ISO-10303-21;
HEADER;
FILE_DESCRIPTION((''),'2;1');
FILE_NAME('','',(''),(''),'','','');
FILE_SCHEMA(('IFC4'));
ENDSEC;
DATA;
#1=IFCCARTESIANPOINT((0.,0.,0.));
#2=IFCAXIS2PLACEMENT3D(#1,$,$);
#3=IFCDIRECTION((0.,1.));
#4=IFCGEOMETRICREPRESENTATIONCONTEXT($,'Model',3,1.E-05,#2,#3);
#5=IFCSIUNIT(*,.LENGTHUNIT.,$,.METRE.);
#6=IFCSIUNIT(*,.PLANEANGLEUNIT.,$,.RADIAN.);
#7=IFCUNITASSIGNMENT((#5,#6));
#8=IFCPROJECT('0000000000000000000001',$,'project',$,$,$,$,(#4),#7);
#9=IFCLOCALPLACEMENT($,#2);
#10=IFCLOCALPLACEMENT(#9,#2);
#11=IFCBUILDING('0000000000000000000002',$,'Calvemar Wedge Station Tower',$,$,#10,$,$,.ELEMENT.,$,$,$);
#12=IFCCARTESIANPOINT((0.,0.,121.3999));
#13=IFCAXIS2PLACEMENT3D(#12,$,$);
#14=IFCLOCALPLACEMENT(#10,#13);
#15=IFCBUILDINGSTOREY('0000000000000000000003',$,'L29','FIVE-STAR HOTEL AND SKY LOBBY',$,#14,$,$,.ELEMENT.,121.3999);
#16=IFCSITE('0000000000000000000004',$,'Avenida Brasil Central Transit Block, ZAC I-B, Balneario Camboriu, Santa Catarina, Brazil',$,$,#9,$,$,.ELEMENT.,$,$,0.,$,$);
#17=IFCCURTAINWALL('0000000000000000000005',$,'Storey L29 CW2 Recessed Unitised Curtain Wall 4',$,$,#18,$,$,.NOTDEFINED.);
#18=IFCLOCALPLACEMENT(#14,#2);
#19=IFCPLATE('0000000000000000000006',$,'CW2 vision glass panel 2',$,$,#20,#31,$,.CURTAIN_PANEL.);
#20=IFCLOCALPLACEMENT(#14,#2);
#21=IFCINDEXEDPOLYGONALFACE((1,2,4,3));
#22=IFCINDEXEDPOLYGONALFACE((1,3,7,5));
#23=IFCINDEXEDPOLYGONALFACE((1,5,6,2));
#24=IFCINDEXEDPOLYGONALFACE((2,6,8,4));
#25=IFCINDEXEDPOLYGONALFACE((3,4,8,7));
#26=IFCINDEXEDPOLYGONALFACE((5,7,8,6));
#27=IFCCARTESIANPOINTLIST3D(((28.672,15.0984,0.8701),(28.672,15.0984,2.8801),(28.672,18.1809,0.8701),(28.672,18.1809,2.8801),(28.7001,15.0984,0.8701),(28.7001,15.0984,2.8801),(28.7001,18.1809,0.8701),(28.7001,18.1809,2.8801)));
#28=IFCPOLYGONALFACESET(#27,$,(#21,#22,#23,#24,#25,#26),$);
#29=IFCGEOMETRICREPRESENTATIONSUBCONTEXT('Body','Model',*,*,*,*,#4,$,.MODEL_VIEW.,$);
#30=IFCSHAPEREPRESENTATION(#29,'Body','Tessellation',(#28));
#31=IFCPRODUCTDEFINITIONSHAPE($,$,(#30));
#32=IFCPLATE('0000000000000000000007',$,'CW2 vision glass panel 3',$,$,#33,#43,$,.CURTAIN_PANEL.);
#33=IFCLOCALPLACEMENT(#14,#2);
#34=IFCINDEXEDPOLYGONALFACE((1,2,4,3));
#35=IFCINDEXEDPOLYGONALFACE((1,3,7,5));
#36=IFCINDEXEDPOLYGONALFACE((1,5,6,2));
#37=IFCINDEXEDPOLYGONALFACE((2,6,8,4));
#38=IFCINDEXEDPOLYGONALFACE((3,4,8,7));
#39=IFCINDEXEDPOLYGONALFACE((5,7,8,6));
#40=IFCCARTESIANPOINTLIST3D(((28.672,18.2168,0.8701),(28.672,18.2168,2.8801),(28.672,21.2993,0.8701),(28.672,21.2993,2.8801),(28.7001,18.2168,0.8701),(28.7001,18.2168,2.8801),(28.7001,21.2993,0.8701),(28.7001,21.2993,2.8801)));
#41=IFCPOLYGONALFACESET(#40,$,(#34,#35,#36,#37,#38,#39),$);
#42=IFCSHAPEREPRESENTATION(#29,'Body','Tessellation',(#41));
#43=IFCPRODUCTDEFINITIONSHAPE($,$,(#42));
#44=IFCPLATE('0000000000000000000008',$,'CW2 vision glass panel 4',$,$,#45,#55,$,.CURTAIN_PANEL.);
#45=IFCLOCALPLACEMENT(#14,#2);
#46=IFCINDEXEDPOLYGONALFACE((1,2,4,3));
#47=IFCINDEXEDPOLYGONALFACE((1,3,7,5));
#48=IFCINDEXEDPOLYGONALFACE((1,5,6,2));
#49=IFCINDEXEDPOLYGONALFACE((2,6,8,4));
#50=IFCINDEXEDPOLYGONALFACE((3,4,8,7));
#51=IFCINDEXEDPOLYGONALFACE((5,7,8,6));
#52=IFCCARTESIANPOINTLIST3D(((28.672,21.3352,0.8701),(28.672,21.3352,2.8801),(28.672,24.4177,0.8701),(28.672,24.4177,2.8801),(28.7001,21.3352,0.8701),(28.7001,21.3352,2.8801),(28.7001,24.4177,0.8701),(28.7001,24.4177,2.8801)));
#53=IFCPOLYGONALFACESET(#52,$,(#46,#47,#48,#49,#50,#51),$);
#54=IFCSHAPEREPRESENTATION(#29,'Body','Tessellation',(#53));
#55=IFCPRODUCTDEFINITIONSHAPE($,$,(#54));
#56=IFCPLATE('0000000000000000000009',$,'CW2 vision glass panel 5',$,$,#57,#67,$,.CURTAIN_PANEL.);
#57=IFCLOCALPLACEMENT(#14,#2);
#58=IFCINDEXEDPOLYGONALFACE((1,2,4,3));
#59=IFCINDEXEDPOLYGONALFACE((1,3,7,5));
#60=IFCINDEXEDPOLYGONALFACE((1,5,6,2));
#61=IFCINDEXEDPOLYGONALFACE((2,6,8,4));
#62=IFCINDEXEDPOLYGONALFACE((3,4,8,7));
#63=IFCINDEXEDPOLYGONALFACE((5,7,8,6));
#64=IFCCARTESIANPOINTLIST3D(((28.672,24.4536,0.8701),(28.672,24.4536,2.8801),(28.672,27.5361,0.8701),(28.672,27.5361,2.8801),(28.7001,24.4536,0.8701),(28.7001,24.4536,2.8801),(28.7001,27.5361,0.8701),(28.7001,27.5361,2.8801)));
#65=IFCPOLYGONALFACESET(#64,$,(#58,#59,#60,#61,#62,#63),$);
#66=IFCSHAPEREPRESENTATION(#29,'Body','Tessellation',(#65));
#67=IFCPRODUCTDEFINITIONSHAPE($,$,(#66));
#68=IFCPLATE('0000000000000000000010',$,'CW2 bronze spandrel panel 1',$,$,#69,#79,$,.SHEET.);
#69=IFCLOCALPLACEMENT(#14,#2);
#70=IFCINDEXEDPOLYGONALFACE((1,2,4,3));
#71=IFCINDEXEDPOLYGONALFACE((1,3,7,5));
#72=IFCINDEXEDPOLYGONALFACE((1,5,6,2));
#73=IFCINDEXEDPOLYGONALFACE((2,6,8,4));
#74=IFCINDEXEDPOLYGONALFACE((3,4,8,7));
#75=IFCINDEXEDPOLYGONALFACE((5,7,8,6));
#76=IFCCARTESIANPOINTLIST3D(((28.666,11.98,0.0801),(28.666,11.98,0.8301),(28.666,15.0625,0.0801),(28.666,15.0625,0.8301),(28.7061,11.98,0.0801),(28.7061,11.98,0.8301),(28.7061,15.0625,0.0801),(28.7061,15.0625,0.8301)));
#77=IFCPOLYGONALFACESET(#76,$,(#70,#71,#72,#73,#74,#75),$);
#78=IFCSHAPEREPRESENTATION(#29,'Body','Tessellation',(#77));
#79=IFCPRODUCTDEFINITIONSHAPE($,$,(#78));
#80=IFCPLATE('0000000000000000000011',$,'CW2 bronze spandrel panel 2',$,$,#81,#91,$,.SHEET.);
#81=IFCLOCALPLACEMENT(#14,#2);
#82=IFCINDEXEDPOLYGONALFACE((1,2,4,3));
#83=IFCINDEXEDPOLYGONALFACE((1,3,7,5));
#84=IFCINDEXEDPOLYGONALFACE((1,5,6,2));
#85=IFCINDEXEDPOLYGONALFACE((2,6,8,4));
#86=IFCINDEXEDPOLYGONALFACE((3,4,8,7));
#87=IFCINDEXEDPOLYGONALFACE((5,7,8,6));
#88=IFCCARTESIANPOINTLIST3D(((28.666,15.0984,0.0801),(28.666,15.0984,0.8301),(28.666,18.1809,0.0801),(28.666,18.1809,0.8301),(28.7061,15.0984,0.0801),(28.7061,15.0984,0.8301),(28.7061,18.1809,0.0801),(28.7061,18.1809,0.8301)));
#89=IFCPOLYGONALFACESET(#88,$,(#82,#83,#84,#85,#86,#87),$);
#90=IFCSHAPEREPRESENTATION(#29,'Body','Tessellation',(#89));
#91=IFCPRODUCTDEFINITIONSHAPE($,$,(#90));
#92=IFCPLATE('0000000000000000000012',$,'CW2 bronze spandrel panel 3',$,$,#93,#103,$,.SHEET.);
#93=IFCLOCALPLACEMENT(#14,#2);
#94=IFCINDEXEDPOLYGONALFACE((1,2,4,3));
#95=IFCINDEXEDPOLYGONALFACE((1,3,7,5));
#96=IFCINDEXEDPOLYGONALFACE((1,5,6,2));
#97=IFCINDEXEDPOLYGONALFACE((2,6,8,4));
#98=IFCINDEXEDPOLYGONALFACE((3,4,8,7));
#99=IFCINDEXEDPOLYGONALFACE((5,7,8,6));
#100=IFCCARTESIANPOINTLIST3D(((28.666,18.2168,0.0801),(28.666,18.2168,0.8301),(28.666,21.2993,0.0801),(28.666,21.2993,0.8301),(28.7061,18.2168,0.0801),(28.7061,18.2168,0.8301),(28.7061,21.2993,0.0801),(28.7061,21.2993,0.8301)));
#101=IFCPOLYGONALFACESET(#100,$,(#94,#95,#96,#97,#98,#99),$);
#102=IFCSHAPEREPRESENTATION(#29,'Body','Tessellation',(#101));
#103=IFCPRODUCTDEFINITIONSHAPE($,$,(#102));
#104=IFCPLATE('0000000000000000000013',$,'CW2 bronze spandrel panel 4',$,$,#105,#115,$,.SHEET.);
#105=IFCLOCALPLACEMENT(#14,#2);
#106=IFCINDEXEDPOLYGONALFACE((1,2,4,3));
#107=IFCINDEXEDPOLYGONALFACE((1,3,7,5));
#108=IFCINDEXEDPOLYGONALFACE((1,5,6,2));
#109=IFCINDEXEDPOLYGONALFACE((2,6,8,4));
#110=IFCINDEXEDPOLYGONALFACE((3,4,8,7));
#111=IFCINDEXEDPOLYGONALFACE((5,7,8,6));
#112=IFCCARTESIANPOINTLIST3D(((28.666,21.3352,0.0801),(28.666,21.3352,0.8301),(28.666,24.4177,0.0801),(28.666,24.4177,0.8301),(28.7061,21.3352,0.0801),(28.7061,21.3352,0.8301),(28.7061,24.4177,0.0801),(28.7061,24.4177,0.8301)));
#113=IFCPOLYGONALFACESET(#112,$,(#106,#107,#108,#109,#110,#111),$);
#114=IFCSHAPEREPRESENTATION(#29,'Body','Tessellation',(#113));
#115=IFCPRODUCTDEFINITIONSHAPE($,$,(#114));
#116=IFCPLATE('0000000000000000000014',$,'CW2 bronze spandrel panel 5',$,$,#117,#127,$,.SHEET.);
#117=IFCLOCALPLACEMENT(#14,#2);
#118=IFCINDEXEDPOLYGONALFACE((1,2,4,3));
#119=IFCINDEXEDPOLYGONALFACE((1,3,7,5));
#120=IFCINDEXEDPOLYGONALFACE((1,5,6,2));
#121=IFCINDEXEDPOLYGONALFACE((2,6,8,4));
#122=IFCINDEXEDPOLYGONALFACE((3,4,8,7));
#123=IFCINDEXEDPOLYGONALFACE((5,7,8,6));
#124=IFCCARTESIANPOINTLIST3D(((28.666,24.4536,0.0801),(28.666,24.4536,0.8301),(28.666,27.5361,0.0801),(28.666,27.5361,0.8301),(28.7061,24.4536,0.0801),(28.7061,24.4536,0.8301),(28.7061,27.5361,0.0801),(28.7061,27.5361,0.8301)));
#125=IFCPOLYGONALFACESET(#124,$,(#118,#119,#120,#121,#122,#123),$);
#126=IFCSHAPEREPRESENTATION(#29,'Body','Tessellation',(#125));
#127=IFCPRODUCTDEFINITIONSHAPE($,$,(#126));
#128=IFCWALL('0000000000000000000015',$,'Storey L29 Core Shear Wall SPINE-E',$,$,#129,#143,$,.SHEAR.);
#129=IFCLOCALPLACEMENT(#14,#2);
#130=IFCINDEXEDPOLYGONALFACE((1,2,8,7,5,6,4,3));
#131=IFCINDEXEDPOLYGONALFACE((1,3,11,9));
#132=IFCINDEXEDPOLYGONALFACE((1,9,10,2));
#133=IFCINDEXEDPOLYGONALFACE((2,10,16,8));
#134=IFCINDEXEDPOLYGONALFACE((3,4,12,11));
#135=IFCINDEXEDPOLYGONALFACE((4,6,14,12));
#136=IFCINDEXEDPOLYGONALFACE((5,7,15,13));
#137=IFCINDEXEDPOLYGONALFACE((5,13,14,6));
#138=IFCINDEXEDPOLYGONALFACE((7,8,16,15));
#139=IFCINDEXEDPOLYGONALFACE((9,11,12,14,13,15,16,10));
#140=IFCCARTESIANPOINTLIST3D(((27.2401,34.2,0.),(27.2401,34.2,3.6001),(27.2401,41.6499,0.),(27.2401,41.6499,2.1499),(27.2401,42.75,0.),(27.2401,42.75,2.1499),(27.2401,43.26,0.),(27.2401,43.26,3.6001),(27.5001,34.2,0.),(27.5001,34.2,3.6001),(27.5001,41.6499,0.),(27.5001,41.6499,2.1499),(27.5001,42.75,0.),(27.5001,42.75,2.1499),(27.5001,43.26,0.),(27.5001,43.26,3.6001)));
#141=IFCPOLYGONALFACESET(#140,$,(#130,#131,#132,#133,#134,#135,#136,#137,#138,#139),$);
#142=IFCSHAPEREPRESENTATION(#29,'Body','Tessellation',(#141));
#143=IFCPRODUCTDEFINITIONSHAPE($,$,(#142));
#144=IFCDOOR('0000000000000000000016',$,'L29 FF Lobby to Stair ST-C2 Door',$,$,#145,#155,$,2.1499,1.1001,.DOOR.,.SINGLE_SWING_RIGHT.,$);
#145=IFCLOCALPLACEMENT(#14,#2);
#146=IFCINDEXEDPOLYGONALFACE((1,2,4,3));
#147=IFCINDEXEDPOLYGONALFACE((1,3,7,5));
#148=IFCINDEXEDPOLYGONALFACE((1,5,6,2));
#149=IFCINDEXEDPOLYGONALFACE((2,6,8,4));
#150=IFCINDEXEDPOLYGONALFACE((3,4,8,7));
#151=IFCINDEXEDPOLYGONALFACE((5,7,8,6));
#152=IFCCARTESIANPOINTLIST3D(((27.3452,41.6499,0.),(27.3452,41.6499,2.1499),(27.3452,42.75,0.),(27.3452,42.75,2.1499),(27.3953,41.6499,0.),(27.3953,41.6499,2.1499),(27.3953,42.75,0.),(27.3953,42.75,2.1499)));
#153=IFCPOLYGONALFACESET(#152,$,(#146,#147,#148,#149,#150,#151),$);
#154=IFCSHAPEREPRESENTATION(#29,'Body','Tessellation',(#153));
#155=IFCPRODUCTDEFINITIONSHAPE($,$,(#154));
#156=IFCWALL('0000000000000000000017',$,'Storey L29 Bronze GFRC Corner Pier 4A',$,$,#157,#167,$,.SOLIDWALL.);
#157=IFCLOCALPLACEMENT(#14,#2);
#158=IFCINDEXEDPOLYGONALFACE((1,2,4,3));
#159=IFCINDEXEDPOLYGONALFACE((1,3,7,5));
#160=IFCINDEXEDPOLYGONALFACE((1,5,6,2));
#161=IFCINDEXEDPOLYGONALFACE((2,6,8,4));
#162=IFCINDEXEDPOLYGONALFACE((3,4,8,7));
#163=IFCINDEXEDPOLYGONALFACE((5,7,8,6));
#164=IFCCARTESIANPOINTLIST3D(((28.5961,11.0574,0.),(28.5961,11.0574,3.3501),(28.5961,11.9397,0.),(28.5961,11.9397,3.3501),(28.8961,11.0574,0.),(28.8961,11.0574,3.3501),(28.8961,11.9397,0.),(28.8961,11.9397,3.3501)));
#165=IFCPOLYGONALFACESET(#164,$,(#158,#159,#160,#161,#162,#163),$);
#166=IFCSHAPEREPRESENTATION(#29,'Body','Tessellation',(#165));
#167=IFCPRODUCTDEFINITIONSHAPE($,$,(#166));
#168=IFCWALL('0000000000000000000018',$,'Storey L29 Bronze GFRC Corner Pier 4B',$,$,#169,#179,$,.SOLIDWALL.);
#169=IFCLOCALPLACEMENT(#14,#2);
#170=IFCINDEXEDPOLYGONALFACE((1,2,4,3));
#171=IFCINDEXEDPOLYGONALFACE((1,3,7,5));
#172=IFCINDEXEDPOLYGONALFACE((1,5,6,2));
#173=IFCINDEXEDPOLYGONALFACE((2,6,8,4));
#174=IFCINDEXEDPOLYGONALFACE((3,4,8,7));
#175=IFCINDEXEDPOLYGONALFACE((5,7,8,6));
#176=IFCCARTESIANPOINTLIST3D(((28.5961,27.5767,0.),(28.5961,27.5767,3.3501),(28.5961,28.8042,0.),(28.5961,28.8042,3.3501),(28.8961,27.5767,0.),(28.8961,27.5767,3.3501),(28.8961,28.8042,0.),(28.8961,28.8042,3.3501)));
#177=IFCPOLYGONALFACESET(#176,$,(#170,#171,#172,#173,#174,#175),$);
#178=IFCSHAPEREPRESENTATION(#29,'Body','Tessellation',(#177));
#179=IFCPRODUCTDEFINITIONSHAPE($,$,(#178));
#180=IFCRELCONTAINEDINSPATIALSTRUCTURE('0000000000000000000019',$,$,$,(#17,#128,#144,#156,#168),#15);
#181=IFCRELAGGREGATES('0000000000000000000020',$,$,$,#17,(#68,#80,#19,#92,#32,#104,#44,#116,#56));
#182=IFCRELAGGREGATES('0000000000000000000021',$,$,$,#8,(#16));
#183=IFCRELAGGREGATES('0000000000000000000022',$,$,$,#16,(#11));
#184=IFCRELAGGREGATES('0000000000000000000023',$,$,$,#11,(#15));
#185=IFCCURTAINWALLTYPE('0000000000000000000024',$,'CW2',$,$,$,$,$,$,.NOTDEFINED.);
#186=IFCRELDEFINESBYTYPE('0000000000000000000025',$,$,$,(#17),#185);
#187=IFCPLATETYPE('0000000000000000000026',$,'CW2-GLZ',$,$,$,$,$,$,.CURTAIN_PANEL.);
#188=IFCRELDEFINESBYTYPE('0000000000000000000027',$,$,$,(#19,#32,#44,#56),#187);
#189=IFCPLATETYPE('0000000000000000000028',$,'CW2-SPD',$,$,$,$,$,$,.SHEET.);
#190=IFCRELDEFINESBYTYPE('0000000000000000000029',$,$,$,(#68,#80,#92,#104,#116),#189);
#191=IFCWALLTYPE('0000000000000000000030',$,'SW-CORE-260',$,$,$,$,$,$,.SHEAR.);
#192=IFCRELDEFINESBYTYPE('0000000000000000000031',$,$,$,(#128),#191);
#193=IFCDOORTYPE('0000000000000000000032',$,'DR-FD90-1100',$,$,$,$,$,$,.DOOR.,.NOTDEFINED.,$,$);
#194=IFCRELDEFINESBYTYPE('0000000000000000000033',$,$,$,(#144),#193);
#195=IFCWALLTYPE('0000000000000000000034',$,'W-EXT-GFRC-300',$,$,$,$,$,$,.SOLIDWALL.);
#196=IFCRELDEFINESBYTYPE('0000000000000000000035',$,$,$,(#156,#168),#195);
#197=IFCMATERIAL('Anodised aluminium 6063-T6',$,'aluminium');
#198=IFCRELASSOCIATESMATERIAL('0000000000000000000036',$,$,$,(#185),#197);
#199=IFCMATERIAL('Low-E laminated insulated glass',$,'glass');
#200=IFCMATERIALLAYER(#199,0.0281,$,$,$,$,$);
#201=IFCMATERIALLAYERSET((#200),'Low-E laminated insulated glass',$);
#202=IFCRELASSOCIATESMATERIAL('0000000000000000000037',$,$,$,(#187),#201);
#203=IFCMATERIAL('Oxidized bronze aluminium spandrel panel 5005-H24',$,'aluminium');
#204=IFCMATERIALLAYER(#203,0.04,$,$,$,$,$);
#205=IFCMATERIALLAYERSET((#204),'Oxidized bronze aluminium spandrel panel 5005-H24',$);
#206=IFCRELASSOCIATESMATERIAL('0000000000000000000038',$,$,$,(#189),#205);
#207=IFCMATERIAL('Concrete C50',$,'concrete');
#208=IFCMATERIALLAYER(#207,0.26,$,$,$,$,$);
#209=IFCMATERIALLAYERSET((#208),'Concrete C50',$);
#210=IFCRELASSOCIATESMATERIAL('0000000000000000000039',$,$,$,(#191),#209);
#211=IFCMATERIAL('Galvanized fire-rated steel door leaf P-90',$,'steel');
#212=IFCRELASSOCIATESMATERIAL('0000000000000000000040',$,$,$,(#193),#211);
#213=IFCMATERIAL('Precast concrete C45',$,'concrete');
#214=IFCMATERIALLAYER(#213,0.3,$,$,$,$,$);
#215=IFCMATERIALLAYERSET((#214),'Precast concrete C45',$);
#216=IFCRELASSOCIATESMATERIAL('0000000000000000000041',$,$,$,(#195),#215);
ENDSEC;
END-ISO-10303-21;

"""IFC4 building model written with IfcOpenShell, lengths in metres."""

from ifc_helpers import new_model, si_unit, direction, frame, frame_2d, origin, place, context, subcontext, project, spatial, rectangle, extrude, source, transform, mapped, material, layer, layer_set, type_object, element, fill, aggregate, save


model = new_model("IFC4")

# Units and contexts
model_context = context("Model", 3, precision=1e-05, world=origin(), true_north=direction((0.0, 1.0)))
body_context = subcontext(model_context, "Body", "Model", "MODEL_VIEW")
ifc_project = project(units=[si_unit("LENGTHUNIT", "METRE"), si_unit("PLANEANGLEUNIT", "RADIAN")], contexts=[model_context])

# Site, building, storey
site_placement = place(None, origin())
site = spatial("IfcSite", under=ifc_project, at=site_placement, Name="Avenida Brasil Central Transit Block, ZAC I-B, Balneario Camboriu, Santa Catarina, Brazil", CompositionType="ELEMENT", RefElevation=0.0)
building_placement = place(site_placement, origin())
building = spatial("IfcBuilding", under=site, at=building_placement, Name="Calvemar Wedge Station Tower", CompositionType="ELEMENT")
storey_placement = place(building_placement, frame((0.0, 0.0, 121.3999)))
storey = spatial("IfcBuildingStorey", under=building, at=storey_placement, Name="L29", Description="FIVE-STAR HOTEL AND SKY LOBBY", CompositionType="ELEMENT", Elevation=121.3999)

# Curtain wall
ifc_material_1 = material(Name="Anodised aluminium 6063-T6", Category="aluminium")
curtain_wall_type = type_object("IfcCurtainWallType", Name="CW2", PredefinedType="NOTDEFINED", material=ifc_material_1)
curtain_wall_1_placement = place(storey_placement, origin())
curtain_wall_1 = element("IfcCurtainWall", 1, at=curtain_wall_1_placement, inside=storey, type_object=curtain_wall_type, Name="Storey L29 CW2 Recessed Unitised Curtain Wall 4", PredefinedType="NOTDEFINED")

# Plates
ifc_material_2 = material(Name="Low-E laminated insulated glass", Category="glass")
ifc_layer_1 = layer(ifc_material_2, 0.0281)
ifc_layer_set_1 = layer_set([ifc_layer_1], Name="Low-E laminated insulated glass")
plate_type_1 = type_object("IfcPlateType", Name="CW2-GLZ", PredefinedType="CURTAIN_PANEL", material=ifc_layer_set_1)
plate_1_placement = place(storey_placement, frame((28.686, 15.0984, 0.8701), z_axis=(0.0, 0.0, 1.0), x_axis=(0.0, 1.0, 0.0)))
plate_1 = element("IfcPlate", 2, at=plate_1_placement, type_object=plate_type_1, Name="CW2 vision glass panel 2", PredefinedType="CURTAIN_PANEL", context=body_context, shape_type="SweptSolid", body=[
    extrude(rectangle(XDim=3.0825, YDim=0.0281, at=frame_2d((1.5413, 0.0))), origin(), (0.0, 0.0, 1.0), 2.01),
])
plate_2_placement = place(storey_placement, frame((28.686, 18.2168, 0.8701), z_axis=(0.0, 0.0, 1.0), x_axis=(0.0, 1.0, 0.0)))
plate_2 = element("IfcPlate", 3, at=plate_2_placement, type_object=plate_type_1, Name="CW2 vision glass panel 3", PredefinedType="CURTAIN_PANEL", context=body_context, shape_type="SweptSolid", body=[
    extrude(rectangle(XDim=3.0825, YDim=0.0281, at=frame_2d((1.5413, 0.0))), origin(), (0.0, 0.0, 1.0), 2.01),
])
plate_3_placement = place(storey_placement, frame((28.686, 21.3352, 0.8701), z_axis=(0.0, 0.0, 1.0), x_axis=(0.0, 1.0, 0.0)))
plate_3 = element("IfcPlate", 4, at=plate_3_placement, type_object=plate_type_1, Name="CW2 vision glass panel 4", PredefinedType="CURTAIN_PANEL", context=body_context, shape_type="SweptSolid", body=[
    extrude(rectangle(XDim=3.0825, YDim=0.0281, at=frame_2d((1.5413, 0.0))), origin(), (0.0, 0.0, 1.0), 2.01),
])
plate_4_placement = place(storey_placement, frame((28.686, 24.4536, 0.8701), z_axis=(0.0, 0.0, 1.0), x_axis=(0.0, 1.0, 0.0)))
plate_4 = element("IfcPlate", 5, at=plate_4_placement, type_object=plate_type_1, Name="CW2 vision glass panel 5", PredefinedType="CURTAIN_PANEL", context=body_context, shape_type="SweptSolid", body=[
    extrude(rectangle(XDim=3.0825, YDim=0.0281, at=frame_2d((1.5413, 0.0))), origin(), (0.0, 0.0, 1.0), 2.01),
])
ifc_material_3 = material(Name="Oxidized bronze aluminium spandrel panel 5005-H24", Category="aluminium")
ifc_layer_2 = layer(ifc_material_3, 0.04)
ifc_layer_set_2 = layer_set([ifc_layer_2], Name="Oxidized bronze aluminium spandrel panel 5005-H24")
plate_type_2 = type_object("IfcPlateType", Name="CW2-SPD", PredefinedType="SHEET", material=ifc_layer_set_2)
plate_5_placement = place(storey_placement, frame((28.686, 11.98, 0.0801), z_axis=(0.0, 0.0, 1.0), x_axis=(0.0, 1.0, 0.0)))
plate_5 = element("IfcPlate", 6, at=plate_5_placement, type_object=plate_type_2, Name="CW2 bronze spandrel panel 1", PredefinedType="SHEET", context=body_context, shape_type="SweptSolid", body=[
    extrude(rectangle(XDim=3.0825, YDim=0.04, at=frame_2d((1.5413, 0.0))), origin(), (0.0, 0.0, 1.0), 0.75),
])
plate_6_placement = place(storey_placement, frame((28.686, 15.0984, 0.0801), z_axis=(0.0, 0.0, 1.0), x_axis=(0.0, 1.0, 0.0)))
plate_6 = element("IfcPlate", 7, at=plate_6_placement, type_object=plate_type_2, Name="CW2 bronze spandrel panel 2", PredefinedType="SHEET", context=body_context, shape_type="SweptSolid", body=[
    extrude(rectangle(XDim=3.0825, YDim=0.04, at=frame_2d((1.5413, 0.0))), origin(), (0.0, 0.0, 1.0), 0.75),
])
plate_7_placement = place(storey_placement, frame((28.686, 18.2168, 0.0801), z_axis=(0.0, 0.0, 1.0), x_axis=(0.0, 1.0, 0.0)))
plate_7 = element("IfcPlate", 8, at=plate_7_placement, type_object=plate_type_2, Name="CW2 bronze spandrel panel 3", PredefinedType="SHEET", context=body_context, shape_type="SweptSolid", body=[
    extrude(rectangle(XDim=3.0825, YDim=0.04, at=frame_2d((1.5413, 0.0))), origin(), (0.0, 0.0, 1.0), 0.75),
])
plate_8_placement = place(storey_placement, frame((28.686, 21.3352, 0.0801), z_axis=(0.0, 0.0, 1.0), x_axis=(0.0, 1.0, 0.0)))
plate_8 = element("IfcPlate", 9, at=plate_8_placement, type_object=plate_type_2, Name="CW2 bronze spandrel panel 4", PredefinedType="SHEET", context=body_context, shape_type="SweptSolid", body=[
    extrude(rectangle(XDim=3.0825, YDim=0.04, at=frame_2d((1.5413, 0.0))), origin(), (0.0, 0.0, 1.0), 0.75),
])
plate_9_placement = place(storey_placement, frame((28.686, 24.4536, 0.0801), z_axis=(0.0, 0.0, 1.0), x_axis=(0.0, 1.0, 0.0)))
plate_9 = element("IfcPlate", 10, at=plate_9_placement, type_object=plate_type_2, Name="CW2 bronze spandrel panel 5", PredefinedType="SHEET", context=body_context, shape_type="SweptSolid", body=[
    extrude(rectangle(XDim=3.0825, YDim=0.04, at=frame_2d((1.5413, 0.0))), origin(), (0.0, 0.0, 1.0), 0.75),
])
aggregate(curtain_wall_1, [plate_5, plate_6, plate_1, plate_7, plate_2, plate_8, plate_3, plate_9, plate_4])

# Wall, opening, door
ifc_material_4 = material(Name="Concrete C50", Category="concrete")
ifc_layer_3 = layer(ifc_material_4, 0.26)
ifc_layer_set_3 = layer_set([ifc_layer_3], Name="Concrete C50")
wall_type_1 = type_object("IfcWallType", Name="SW-CORE-260", PredefinedType="SHEAR", material=ifc_layer_set_3)
wall_1_placement = place(storey_placement, frame((27.3701, 34.2, 0.0), z_axis=(0.0, 0.0, 1.0), x_axis=(0.0, 1.0, 0.0)))
wall_1 = element("IfcWall", 11, at=wall_1_placement, inside=storey, type_object=wall_type_1, Name="Storey L29 Core Shear Wall SPINE-E", PredefinedType="SHEAR", context=body_context, shape_type="SweptSolid", body=[
    extrude(rectangle(XDim=9.0601, YDim=0.26, at=frame_2d((4.53, 0.0))), origin(), (0.0, 0.0, 1.0), 3.6001),
])
shared_shape_1 = source(origin(), body_context, "Body", "SweptSolid", [
    extrude(rectangle(XDim=1.1001, YDim=2.1499, at=frame_2d((0.55, 1.075))), frame((0.0, 0.1401, 0.0), z_axis=(0.0, -1.0, 0.0), x_axis=(1.0, 0.0, 0.0)), (0.0, 0.0, 1.0), 0.28),
])
opening_1_placement = place(wall_1_placement, frame((7.45, 0.0, 0.0)))
opening_1 = element("IfcOpeningElement", 12, at=opening_1_placement, cuts=wall_1, PredefinedType="OPENING", context=body_context, shape_type="MappedRepresentation", body=[
    mapped(shared_shape_1, transform((0.0, 0.0, 0.0), scale=1.0)),
])
ifc_material_5 = material(Name="Galvanized fire-rated steel door leaf P-90", Category="steel")
door_type = type_object("IfcDoorType", Name="DR-FD90-1100", OperationType="NOTDEFINED", PredefinedType="DOOR", material=ifc_material_5)
shared_shape_2 = source(origin(), body_context, "Body", "SweptSolid", [
    extrude(rectangle(XDim=1.1001, YDim=2.1499, at=frame_2d((0.55, 1.075))), frame((0.0, 0.0249, 0.0), z_axis=(0.0, -1.0, 0.0), x_axis=(1.0, 0.0, 0.0)), (0.0, 0.0, 1.0), 0.05),
])
door_1_placement = place(opening_1_placement, origin())
door_1 = element("IfcDoor", 13, at=door_1_placement, inside=storey, type_object=door_type, Name="L29 FF Lobby to Stair ST-C2 Door", OperationType="SINGLE_SWING_RIGHT", OverallHeight=2.1499, OverallWidth=1.1001, PredefinedType="DOOR", context=body_context, shape_type="MappedRepresentation", body=[
    mapped(shared_shape_2, transform((0.0, 0.0, 0.0), scale=1.0)),
])
fill(opening_1, door_1)

# Walls
ifc_material_6 = material(Name="Precast concrete C45", Category="concrete")
ifc_layer_4 = layer(ifc_material_6, 0.3)
ifc_layer_set_4 = layer_set([ifc_layer_4], Name="Precast concrete C45")
wall_type_2 = type_object("IfcWallType", Name="W-EXT-GFRC-300", PredefinedType="SOLIDWALL", material=ifc_layer_set_4)
wall_2_placement = place(storey_placement, frame((28.7461, 11.0574, 0.0), z_axis=(0.0, 0.0, 1.0), x_axis=(0.0, 1.0, 0.0)))
element("IfcWall", 14, at=wall_2_placement, inside=storey, type_object=wall_type_2, Name="Storey L29 Bronze GFRC Corner Pier 4A", PredefinedType="SOLIDWALL", context=body_context, shape_type="SweptSolid", body=[
    extrude(rectangle(XDim=0.8823, YDim=0.3, at=frame_2d((0.4412, 0.0))), origin(), (0.0, 0.0, 1.0), 3.3501),
])
wall_3_placement = place(storey_placement, frame((28.7461, 27.5767, 0.0), z_axis=(0.0, 0.0, 1.0), x_axis=(0.0, 1.0, 0.0)))
element("IfcWall", 15, at=wall_3_placement, inside=storey, type_object=wall_type_2, Name="Storey L29 Bronze GFRC Corner Pier 4B", PredefinedType="SOLIDWALL", context=body_context, shape_type="SweptSolid", body=[
    extrude(rectangle(XDim=1.2275, YDim=0.3, at=frame_2d((0.6138, 0.0))), origin(), (0.0, 0.0, 1.0), 3.3501),
])

save(model, "model.ifc")
